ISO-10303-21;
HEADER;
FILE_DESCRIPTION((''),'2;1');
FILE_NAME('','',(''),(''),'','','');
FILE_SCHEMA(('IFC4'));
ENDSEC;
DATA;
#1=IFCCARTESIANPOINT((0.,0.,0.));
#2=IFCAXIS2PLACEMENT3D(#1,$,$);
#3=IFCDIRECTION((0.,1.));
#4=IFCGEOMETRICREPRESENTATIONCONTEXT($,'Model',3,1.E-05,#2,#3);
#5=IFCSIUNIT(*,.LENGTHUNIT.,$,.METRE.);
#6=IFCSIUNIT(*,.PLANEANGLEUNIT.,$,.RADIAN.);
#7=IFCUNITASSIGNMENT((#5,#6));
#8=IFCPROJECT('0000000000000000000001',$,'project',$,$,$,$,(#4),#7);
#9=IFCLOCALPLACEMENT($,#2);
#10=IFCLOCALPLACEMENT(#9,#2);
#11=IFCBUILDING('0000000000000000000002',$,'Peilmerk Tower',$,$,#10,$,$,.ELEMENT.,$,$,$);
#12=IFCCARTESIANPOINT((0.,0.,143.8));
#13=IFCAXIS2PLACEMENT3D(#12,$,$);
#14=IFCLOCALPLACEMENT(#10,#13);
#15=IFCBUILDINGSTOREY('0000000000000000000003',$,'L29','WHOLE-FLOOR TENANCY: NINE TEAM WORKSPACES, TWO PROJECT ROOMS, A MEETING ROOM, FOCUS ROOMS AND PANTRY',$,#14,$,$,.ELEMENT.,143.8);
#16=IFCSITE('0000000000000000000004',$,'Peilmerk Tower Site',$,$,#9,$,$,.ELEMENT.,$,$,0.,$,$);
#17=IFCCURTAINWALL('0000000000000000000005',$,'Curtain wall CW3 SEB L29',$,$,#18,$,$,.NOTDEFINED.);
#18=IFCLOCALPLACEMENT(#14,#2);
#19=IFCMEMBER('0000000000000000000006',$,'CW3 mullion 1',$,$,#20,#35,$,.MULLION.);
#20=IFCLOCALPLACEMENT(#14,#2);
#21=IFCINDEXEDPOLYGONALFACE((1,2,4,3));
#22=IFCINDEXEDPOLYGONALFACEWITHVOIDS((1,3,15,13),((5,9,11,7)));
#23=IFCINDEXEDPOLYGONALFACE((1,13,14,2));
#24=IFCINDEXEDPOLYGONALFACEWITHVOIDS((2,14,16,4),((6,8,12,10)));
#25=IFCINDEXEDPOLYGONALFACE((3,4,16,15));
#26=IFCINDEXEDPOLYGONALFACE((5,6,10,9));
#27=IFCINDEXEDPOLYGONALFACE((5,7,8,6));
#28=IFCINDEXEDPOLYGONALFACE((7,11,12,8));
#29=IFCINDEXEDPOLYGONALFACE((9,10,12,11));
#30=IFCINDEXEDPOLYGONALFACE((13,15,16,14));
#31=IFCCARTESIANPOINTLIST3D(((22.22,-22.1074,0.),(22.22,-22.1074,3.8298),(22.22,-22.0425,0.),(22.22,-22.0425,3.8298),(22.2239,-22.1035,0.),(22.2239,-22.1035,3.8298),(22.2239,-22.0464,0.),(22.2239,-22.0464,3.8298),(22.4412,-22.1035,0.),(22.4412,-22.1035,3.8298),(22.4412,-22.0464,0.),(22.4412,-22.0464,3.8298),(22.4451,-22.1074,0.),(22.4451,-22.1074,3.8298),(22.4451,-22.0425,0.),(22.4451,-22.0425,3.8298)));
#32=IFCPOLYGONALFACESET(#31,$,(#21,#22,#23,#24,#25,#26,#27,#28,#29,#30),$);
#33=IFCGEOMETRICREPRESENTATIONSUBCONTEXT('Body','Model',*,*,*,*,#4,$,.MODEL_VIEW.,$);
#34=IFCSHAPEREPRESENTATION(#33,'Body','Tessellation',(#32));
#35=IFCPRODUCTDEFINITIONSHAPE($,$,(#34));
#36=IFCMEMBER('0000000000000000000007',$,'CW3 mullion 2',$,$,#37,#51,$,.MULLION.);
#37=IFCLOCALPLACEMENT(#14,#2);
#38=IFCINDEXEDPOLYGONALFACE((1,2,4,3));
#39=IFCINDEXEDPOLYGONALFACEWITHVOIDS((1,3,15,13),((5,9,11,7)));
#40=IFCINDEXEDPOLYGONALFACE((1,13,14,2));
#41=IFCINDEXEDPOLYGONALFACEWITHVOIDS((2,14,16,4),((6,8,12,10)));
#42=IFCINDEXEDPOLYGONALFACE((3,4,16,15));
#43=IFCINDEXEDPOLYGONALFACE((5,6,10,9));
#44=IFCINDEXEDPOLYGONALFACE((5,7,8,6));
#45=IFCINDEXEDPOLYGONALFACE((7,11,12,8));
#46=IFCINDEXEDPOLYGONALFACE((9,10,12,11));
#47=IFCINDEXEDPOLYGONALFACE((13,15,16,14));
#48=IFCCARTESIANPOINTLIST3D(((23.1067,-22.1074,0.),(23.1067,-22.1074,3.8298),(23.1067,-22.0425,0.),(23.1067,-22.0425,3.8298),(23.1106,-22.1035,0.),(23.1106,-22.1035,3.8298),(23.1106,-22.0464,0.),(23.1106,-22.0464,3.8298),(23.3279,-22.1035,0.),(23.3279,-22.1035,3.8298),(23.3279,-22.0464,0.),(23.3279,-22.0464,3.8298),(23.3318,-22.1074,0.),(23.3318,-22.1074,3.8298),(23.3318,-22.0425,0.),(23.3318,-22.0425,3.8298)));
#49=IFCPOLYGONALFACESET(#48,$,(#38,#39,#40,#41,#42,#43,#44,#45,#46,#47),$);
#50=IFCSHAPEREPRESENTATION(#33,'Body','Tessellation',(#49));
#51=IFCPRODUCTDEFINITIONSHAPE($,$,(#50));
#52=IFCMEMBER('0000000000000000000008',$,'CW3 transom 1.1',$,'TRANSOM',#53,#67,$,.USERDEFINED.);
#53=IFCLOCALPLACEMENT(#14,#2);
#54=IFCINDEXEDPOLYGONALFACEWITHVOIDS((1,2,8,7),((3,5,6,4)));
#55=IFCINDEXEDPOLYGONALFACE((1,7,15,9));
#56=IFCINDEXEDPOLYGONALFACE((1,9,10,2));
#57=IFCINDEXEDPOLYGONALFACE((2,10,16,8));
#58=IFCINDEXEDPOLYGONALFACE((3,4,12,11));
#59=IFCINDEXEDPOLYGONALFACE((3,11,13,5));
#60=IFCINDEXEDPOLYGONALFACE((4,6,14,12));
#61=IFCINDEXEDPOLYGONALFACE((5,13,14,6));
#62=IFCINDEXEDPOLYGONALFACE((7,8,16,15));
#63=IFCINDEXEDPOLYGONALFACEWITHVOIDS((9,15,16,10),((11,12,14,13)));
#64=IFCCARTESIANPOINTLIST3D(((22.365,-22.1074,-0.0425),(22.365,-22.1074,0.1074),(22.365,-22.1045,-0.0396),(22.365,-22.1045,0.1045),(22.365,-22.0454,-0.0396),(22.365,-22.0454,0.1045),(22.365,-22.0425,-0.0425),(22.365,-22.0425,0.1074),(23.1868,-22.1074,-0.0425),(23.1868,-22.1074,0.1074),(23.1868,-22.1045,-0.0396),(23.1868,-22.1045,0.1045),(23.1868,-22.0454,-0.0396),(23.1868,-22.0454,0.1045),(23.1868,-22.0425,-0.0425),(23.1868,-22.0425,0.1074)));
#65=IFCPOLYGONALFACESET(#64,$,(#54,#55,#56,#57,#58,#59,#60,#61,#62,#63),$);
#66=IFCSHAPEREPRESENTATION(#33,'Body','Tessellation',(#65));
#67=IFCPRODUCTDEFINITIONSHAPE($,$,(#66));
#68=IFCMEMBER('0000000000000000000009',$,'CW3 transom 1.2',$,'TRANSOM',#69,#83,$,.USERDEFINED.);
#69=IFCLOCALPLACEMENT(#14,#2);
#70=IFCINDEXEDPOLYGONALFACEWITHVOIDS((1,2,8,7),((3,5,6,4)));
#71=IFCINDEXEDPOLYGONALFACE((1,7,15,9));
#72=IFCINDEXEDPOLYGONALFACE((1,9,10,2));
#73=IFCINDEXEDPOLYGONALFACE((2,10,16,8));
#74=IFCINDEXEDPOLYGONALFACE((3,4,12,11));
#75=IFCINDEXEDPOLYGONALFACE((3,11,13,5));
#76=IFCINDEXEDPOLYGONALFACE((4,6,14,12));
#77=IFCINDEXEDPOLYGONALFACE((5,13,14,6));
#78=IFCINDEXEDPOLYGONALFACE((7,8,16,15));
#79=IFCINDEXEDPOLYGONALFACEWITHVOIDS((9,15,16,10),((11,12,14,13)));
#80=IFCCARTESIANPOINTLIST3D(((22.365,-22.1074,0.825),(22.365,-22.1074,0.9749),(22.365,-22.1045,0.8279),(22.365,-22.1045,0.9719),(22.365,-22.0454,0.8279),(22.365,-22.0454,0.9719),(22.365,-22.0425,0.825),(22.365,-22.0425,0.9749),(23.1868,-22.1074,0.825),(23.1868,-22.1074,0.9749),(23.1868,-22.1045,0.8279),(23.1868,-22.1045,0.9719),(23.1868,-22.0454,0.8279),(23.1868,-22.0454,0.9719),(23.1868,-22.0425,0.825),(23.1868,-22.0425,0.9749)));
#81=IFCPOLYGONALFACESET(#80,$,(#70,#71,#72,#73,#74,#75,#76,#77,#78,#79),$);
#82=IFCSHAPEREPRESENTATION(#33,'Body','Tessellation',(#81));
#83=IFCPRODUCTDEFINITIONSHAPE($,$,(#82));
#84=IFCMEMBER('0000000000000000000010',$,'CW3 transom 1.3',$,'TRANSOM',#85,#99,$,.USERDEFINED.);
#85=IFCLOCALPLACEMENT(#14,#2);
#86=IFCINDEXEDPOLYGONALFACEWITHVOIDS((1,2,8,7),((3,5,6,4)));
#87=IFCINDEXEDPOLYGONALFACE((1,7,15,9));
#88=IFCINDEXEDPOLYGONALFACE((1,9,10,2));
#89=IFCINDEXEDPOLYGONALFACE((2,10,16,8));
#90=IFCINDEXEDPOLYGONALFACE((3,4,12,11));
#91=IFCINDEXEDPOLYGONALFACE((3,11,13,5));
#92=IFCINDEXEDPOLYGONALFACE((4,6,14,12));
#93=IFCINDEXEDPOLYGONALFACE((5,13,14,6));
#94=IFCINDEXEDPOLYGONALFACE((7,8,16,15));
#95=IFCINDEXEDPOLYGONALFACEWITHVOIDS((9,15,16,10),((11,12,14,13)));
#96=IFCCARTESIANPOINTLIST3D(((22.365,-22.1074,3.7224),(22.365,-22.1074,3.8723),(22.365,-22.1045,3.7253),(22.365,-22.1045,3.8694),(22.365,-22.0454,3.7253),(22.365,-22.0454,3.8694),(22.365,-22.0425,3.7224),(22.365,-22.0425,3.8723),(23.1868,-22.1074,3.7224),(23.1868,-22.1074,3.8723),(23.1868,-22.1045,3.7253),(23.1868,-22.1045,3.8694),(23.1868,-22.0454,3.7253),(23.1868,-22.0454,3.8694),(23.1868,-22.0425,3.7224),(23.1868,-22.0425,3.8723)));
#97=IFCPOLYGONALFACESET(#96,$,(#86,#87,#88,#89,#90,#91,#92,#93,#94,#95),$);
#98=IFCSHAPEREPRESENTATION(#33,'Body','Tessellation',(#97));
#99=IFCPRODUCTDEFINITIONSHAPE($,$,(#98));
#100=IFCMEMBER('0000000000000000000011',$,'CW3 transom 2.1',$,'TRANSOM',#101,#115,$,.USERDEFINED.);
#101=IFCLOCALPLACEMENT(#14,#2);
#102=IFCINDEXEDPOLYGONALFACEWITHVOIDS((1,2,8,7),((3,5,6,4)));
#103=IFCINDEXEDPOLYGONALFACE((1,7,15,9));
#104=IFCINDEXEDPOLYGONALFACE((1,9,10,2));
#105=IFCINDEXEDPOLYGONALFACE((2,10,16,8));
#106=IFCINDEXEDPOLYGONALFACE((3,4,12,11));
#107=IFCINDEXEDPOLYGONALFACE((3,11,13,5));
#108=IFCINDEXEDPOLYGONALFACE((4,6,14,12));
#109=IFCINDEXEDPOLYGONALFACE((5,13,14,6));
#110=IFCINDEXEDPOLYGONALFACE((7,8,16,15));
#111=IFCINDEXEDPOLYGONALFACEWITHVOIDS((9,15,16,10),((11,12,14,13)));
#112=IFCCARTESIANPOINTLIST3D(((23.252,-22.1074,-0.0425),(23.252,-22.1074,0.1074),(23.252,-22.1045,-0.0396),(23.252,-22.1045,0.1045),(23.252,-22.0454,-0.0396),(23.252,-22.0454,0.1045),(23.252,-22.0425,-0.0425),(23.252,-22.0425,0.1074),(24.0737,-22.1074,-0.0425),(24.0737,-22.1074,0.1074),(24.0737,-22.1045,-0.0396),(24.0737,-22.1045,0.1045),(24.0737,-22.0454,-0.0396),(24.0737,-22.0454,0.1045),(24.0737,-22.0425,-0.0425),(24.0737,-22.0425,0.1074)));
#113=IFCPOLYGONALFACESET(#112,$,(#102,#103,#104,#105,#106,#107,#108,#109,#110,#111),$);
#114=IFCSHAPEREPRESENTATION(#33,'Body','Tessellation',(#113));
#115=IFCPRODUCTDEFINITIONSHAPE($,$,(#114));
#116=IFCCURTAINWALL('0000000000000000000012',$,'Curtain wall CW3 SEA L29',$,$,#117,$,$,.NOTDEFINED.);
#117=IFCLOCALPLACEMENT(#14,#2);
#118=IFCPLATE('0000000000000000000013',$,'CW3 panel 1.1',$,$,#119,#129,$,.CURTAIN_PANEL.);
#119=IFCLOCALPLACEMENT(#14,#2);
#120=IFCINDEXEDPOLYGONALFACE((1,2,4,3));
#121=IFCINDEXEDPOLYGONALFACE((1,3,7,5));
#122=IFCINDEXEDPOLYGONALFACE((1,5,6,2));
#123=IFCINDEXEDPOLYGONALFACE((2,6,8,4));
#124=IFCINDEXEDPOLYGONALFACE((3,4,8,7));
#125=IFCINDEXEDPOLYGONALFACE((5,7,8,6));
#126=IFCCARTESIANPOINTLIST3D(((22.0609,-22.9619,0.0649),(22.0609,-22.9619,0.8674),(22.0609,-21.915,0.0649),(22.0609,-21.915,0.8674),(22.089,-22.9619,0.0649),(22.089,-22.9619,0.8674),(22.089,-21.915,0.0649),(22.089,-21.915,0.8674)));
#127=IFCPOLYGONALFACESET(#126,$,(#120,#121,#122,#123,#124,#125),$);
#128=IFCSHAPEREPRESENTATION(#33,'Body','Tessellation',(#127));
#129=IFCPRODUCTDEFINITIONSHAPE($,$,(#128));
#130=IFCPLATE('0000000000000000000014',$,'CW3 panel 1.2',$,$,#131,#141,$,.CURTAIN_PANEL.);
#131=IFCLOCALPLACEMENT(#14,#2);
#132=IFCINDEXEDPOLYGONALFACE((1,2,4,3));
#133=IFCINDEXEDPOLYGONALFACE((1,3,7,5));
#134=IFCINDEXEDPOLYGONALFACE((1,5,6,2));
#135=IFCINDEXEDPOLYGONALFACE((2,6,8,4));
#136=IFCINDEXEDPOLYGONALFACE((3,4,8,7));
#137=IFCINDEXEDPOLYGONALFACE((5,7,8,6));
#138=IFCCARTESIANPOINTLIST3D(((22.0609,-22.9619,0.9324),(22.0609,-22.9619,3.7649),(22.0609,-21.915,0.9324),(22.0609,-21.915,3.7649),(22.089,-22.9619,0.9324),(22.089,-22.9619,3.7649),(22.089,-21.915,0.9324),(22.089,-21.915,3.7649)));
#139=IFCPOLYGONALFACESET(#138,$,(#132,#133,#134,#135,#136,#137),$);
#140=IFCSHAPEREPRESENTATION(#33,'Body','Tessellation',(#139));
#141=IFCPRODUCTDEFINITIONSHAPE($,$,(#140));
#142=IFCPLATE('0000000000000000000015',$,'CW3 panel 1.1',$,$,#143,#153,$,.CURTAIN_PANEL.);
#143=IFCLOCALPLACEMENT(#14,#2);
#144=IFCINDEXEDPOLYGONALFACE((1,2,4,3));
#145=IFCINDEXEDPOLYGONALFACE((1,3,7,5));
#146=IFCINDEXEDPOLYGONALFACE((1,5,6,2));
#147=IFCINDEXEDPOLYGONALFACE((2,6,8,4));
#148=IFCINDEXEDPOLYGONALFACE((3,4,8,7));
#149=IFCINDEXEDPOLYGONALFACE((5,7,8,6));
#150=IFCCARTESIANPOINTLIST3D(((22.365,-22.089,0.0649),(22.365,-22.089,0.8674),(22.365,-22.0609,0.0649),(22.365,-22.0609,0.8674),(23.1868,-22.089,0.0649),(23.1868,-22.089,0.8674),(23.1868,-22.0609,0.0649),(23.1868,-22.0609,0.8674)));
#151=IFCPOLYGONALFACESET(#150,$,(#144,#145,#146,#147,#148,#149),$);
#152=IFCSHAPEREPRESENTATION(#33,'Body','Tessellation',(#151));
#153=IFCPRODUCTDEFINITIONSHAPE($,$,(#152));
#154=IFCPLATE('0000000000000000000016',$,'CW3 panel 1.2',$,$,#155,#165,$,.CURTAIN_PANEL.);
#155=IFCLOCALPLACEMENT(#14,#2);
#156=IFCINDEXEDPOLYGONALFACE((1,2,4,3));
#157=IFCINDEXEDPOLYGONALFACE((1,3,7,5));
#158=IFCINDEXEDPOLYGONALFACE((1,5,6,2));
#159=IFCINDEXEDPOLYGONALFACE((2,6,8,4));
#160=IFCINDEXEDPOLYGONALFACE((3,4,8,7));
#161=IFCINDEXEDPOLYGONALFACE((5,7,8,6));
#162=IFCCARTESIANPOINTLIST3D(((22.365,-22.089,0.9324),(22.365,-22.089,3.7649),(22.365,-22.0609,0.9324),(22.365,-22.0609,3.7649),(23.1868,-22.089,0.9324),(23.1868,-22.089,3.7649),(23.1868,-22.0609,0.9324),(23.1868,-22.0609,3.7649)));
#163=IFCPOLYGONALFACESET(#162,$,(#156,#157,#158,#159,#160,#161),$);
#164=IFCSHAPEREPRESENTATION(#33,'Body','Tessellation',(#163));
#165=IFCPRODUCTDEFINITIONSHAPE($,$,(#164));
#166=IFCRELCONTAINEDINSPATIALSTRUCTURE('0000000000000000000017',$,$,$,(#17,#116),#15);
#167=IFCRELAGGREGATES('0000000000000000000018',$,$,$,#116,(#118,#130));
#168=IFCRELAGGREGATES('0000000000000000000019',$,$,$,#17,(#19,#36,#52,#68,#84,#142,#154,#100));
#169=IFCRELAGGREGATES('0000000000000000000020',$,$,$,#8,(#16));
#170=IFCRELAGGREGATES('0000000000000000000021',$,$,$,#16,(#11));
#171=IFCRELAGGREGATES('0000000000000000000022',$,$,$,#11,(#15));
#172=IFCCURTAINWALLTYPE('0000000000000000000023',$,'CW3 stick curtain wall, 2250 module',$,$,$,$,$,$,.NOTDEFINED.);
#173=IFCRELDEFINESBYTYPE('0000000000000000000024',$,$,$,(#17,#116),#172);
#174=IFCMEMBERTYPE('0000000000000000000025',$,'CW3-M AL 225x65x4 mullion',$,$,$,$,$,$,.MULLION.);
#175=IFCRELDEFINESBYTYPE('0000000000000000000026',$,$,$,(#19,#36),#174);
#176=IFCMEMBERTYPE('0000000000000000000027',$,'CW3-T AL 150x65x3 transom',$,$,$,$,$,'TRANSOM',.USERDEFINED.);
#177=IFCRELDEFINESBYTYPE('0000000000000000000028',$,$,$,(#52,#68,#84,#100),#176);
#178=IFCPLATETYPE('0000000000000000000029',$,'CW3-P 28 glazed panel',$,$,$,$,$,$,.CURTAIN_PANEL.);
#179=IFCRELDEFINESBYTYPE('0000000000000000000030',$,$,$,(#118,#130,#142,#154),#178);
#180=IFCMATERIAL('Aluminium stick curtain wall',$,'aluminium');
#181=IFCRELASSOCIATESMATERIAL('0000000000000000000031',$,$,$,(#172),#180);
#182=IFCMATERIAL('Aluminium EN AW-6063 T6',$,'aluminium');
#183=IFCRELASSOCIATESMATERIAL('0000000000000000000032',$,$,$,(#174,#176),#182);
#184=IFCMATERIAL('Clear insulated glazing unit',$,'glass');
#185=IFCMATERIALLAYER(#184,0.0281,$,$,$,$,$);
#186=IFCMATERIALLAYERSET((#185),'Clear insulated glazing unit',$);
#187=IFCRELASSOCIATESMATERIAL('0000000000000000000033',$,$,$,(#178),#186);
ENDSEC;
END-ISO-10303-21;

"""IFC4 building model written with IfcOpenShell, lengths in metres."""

from ifc_helpers import new_model, si_unit, direction, frame, origin, origin_2d, place, context, subcontext, project, spatial, rectangle, hollow_rectangle, extrude, material, layer, layer_set, material_profile, profile_set, type_object, element, aggregate, save


model = new_model("IFC4")

# Units and contexts
model_context = context("Model", 3, precision=1e-05, world=origin(), true_north=direction((0.0, 1.0)))
body_context = subcontext(model_context, "Body", "Model", "MODEL_VIEW")
ifc_project = project(units=[si_unit("LENGTHUNIT", "METRE"), si_unit("PLANEANGLEUNIT", "RADIAN")], contexts=[model_context])

# Site, building, storey
site_placement = place(None, origin())
site = spatial("IfcSite", under=ifc_project, at=site_placement, Name="Peilmerk Tower Site", CompositionType="ELEMENT", RefElevation=0.0)
building_placement = place(site_placement, origin())
building = spatial("IfcBuilding", under=site, at=building_placement, Name="Peilmerk Tower", CompositionType="ELEMENT")
storey_placement = place(building_placement, frame((0.0, 0.0, 143.8)))
storey = spatial("IfcBuildingStorey", under=building, at=storey_placement, Name="L29", Description="WHOLE-FLOOR TENANCY: NINE TEAM WORKSPACES, TWO PROJECT ROOMS, A MEETING ROOM, FOCUS ROOMS AND PANTRY", CompositionType="ELEMENT", Elevation=143.8)

# Curtain wall, members
ifc_material_1 = material(Name="Aluminium stick curtain wall", Category="aluminium")
curtain_wall_type = type_object("IfcCurtainWallType", Name="CW3 stick curtain wall, 2250 module", PredefinedType="NOTDEFINED", material=ifc_material_1)
curtain_wall_1_placement = place(storey_placement, origin())
curtain_wall_1 = element("IfcCurtainWall", 1, at=curtain_wall_1_placement, inside=storey, type_object=curtain_wall_type, Name="Curtain wall CW3 SEB L29", PredefinedType="NOTDEFINED")
ifc_material_2 = material(Name="Aluminium EN AW-6063 T6", Category="aluminium")
ifc_material_profile_1 = material_profile(ifc_material_2, hollow_rectangle(XDim=0.0649, YDim=0.2251, WallThickness=0.0039, at=origin_2d()), Name="AL 225x65x4")
ifc_profile_set_1 = profile_set([ifc_material_profile_1], Name="Aluminium EN AW-6063 T6")
member_type_1 = type_object("IfcMemberType", Name="CW3-M AL 225x65x4 mullion", PredefinedType="MULLION", material=ifc_profile_set_1)
member_1_placement = place(storey_placement, frame((22.3325, -22.075, 0.0), z_axis=(0.0, 0.0, 1.0), x_axis=(0.0, 1.0, 0.0)))
member_1 = element("IfcMember", 2, at=member_1_placement, type_object=member_type_1, Name="CW3 mullion 1", PredefinedType="MULLION", context=body_context, shape_type="SweptSolid", body=[
    extrude(hollow_rectangle(XDim=0.0649, YDim=0.2251, WallThickness=0.0039, at=origin_2d()), origin(), (0.0, 0.0, 1.0), 3.8298),
])
member_2_placement = place(storey_placement, frame((23.2192, -22.075, 0.0), z_axis=(0.0, 0.0, 1.0), x_axis=(0.0, 1.0, 0.0)))
member_2 = element("IfcMember", 3, at=member_2_placement, type_object=member_type_1, Name="CW3 mullion 2", PredefinedType="MULLION", context=body_context, shape_type="SweptSolid", body=[
    extrude(hollow_rectangle(XDim=0.0649, YDim=0.2251, WallThickness=0.0039, at=origin_2d()), origin(), (0.0, 0.0, 1.0), 3.8298),
])
ifc_material_profile_2 = material_profile(ifc_material_2, hollow_rectangle(XDim=0.0649, YDim=0.1499, WallThickness=0.0029, at=origin_2d()), Name="AL 150x65x3")
ifc_profile_set_2 = profile_set([ifc_material_profile_2], Name="Aluminium EN AW-6063 T6")
member_type_2 = type_object("IfcMemberType", Name="CW3-T AL 150x65x3 transom", ElementType="TRANSOM", PredefinedType="USERDEFINED", material=ifc_profile_set_2)
member_3_placement = place(storey_placement, frame((22.365, -22.075, 0.0325), z_axis=(1.0, 0.0, 0.0), x_axis=(0.0, 1.0, 0.0)))
member_3 = element("IfcMember", 4, at=member_3_placement, type_object=member_type_2, Name="CW3 transom 1.1", ObjectType="TRANSOM", PredefinedType="USERDEFINED", context=body_context, shape_type="SweptSolid", body=[
    extrude(hollow_rectangle(XDim=0.0649, YDim=0.1499, WallThickness=0.0029, at=origin_2d()), origin(), (0.0, 0.0, 1.0), 0.8218),
])
member_4_placement = place(storey_placement, frame((22.365, -22.075, 0.8999), z_axis=(1.0, 0.0, 0.0), x_axis=(0.0, 1.0, 0.0)))
member_4 = element("IfcMember", 5, at=member_4_placement, type_object=member_type_2, Name="CW3 transom 1.2", ObjectType="TRANSOM", PredefinedType="USERDEFINED", context=body_context, shape_type="SweptSolid", body=[
    extrude(hollow_rectangle(XDim=0.0649, YDim=0.1499, WallThickness=0.0029, at=origin_2d()), origin(), (0.0, 0.0, 1.0), 0.8218),
])
member_5_placement = place(storey_placement, frame((22.365, -22.075, 3.7974), z_axis=(1.0, 0.0, 0.0), x_axis=(0.0, 1.0, 0.0)))
member_5 = element("IfcMember", 6, at=member_5_placement, type_object=member_type_2, Name="CW3 transom 1.3", ObjectType="TRANSOM", PredefinedType="USERDEFINED", context=body_context, shape_type="SweptSolid", body=[
    extrude(hollow_rectangle(XDim=0.0649, YDim=0.1499, WallThickness=0.0029, at=origin_2d()), origin(), (0.0, 0.0, 1.0), 0.8218),
])
member_6_placement = place(storey_placement, frame((23.252, -22.075, 0.0325), z_axis=(1.0, 0.0, 0.0), x_axis=(0.0, 1.0, 0.0)))
member_6 = element("IfcMember", 7, at=member_6_placement, type_object=member_type_2, Name="CW3 transom 2.1", ObjectType="TRANSOM", PredefinedType="USERDEFINED", context=body_context, shape_type="SweptSolid", body=[
    extrude(hollow_rectangle(XDim=0.0649, YDim=0.1499, WallThickness=0.0029, at=origin_2d()), origin(), (0.0, 0.0, 1.0), 0.8218),
])

# Curtain wall, plates
curtain_wall_2_placement = place(storey_placement, origin())
curtain_wall_2 = element("IfcCurtainWall", 8, at=curtain_wall_2_placement, inside=storey, type_object=curtain_wall_type, Name="Curtain wall CW3 SEA L29", PredefinedType="NOTDEFINED")
ifc_material_3 = material(Name="Clear insulated glazing unit", Category="glass")
ifc_layer_1 = layer(ifc_material_3, 0.0281)
ifc_layer_set_1 = layer_set([ifc_layer_1], Name="Clear insulated glazing unit")
plate_type = type_object("IfcPlateType", Name="CW3-P 28 glazed panel", PredefinedType="CURTAIN_PANEL", material=ifc_layer_set_1)
plate_1_placement = place(storey_placement, frame((22.075, -22.4385, 0.0649), z_axis=(0.0, 0.0, 1.0), x_axis=(0.0, -1.0, 0.0)))
plate_1 = element("IfcPlate", 9, at=plate_1_placement, type_object=plate_type, Name="CW3 panel 1.1", PredefinedType="CURTAIN_PANEL", context=body_context, shape_type="SweptSolid", body=[
    extrude(rectangle(XDim=1.0469, YDim=0.0281, at=origin_2d()), origin(), (0.0, 0.0, 1.0), 0.8025),
])
plate_2_placement = place(storey_placement, frame((22.075, -22.4385, 0.9324), z_axis=(0.0, 0.0, 1.0), x_axis=(0.0, -1.0, 0.0)))
plate_2 = element("IfcPlate", 10, at=plate_2_placement, type_object=plate_type, Name="CW3 panel 1.2", PredefinedType="CURTAIN_PANEL", context=body_context, shape_type="SweptSolid", body=[
    extrude(rectangle(XDim=1.0469, YDim=0.0281, at=origin_2d()), origin(), (0.0, 0.0, 1.0), 2.8325),
])
aggregate(curtain_wall_2, [plate_1, plate_2])

# Plates
plate_3_placement = place(storey_placement, frame((22.7759, -22.075, 0.0649), z_axis=(0.0, 0.0, 1.0), x_axis=(1.0, 0.0, 0.0)))
plate_3 = element("IfcPlate", 11, at=plate_3_placement, type_object=plate_type, Name="CW3 panel 1.1", PredefinedType="CURTAIN_PANEL", context=body_context, shape_type="SweptSolid", body=[
    extrude(rectangle(XDim=0.8218, YDim=0.0281, at=origin_2d()), origin(), (0.0, 0.0, 1.0), 0.8025),
])
plate_4_placement = place(storey_placement, frame((22.7759, -22.075, 0.9324), z_axis=(0.0, 0.0, 1.0), x_axis=(1.0, 0.0, 0.0)))
plate_4 = element("IfcPlate", 12, at=plate_4_placement, type_object=plate_type, Name="CW3 panel 1.2", PredefinedType="CURTAIN_PANEL", context=body_context, shape_type="SweptSolid", body=[
    extrude(rectangle(XDim=0.8218, YDim=0.0281, at=origin_2d()), origin(), (0.0, 0.0, 1.0), 2.8325),
])
aggregate(curtain_wall_1, [member_1, member_2, member_3, member_4, member_5, plate_3, plate_4, member_6])

save(model, "model.ifc")
